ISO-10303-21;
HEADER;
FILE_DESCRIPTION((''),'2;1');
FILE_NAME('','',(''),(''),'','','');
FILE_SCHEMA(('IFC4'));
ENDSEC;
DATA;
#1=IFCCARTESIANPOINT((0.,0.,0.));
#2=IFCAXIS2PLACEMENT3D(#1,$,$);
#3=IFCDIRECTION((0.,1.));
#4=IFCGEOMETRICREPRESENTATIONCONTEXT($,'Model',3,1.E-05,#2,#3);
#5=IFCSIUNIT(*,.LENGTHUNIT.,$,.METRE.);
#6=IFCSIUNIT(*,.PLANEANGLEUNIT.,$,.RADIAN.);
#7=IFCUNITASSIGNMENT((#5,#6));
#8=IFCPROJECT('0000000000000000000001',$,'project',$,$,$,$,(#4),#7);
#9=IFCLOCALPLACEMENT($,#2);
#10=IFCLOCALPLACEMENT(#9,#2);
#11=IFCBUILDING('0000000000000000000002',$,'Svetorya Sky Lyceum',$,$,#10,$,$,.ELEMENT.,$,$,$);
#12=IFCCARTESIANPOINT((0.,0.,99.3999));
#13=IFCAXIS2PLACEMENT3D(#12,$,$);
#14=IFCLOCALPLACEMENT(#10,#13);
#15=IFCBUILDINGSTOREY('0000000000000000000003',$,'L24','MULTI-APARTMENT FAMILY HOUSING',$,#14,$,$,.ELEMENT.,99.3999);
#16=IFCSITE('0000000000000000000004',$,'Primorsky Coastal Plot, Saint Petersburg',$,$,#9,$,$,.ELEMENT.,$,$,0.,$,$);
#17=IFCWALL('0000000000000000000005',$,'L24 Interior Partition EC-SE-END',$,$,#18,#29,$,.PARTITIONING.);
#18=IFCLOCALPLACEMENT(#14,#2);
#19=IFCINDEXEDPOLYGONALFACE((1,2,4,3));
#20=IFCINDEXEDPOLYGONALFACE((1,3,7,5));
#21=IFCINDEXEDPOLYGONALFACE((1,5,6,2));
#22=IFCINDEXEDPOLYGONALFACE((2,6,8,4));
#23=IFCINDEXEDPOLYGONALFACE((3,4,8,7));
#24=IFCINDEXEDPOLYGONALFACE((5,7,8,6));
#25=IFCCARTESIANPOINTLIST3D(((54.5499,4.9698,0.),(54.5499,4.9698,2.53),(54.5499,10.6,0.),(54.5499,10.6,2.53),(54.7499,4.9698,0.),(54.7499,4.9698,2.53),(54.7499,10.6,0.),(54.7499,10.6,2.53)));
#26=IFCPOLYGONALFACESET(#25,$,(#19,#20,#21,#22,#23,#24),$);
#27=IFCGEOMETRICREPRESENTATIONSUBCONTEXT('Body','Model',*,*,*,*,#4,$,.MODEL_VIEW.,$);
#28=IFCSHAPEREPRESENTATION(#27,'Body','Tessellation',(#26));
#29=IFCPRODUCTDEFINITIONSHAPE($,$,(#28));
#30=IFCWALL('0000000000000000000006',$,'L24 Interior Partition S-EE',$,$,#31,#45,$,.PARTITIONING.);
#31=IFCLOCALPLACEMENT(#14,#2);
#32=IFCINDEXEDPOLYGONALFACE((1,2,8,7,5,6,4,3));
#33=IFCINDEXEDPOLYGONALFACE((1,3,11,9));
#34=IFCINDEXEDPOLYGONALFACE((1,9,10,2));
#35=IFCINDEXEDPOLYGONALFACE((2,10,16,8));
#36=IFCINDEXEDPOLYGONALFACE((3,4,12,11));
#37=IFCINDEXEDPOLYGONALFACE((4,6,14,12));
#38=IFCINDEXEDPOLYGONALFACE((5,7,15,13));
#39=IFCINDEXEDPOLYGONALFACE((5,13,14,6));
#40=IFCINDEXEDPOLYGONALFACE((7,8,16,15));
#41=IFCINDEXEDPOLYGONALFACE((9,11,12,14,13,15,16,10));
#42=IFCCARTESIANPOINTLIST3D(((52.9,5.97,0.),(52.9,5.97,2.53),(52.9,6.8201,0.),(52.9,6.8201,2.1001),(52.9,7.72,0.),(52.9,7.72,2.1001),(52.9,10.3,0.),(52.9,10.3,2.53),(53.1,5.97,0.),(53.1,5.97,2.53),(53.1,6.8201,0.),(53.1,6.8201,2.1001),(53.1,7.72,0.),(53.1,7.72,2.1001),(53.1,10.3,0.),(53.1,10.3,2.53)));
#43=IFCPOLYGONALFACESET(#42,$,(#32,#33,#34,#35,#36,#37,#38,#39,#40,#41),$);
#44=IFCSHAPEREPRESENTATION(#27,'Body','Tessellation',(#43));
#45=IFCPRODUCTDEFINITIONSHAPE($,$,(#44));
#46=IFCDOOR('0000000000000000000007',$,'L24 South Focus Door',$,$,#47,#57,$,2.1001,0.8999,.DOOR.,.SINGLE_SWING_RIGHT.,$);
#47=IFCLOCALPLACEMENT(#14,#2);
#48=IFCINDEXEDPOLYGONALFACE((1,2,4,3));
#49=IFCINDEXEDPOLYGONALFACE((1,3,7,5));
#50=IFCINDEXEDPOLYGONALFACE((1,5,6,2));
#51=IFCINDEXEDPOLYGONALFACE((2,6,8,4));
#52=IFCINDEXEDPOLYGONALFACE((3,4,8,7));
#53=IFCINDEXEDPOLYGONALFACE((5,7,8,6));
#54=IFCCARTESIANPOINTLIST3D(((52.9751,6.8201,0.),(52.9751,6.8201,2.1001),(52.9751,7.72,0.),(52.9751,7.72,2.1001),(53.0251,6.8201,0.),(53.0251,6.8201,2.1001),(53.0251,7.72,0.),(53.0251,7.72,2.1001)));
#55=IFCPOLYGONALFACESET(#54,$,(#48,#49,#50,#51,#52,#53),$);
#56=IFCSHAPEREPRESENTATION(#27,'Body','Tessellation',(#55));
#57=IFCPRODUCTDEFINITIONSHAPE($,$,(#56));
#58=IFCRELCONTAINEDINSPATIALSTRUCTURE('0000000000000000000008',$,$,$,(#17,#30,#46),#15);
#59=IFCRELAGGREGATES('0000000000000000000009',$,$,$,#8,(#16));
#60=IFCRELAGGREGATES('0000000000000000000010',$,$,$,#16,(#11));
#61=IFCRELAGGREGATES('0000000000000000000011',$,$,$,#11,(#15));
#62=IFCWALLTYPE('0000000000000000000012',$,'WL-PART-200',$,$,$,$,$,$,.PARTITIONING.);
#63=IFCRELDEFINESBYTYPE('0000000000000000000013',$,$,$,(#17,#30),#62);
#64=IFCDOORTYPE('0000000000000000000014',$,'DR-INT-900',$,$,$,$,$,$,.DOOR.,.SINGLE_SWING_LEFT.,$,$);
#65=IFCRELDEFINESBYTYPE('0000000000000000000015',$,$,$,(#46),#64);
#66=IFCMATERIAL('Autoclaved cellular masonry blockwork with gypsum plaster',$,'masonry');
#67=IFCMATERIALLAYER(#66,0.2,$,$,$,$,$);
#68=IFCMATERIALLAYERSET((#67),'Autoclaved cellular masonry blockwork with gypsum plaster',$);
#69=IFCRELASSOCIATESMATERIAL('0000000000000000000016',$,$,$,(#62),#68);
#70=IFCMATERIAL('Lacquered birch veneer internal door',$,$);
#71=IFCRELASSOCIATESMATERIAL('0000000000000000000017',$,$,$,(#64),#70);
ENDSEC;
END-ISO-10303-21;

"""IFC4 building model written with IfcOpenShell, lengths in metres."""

from ifc_helpers import new_model, si_unit, direction, frame, frame_2d, origin, place, context, subcontext, project, spatial, rectangle, extrude, material, layer, layer_set, type_object, element, fill, save


model = new_model("IFC4")

# Units and contexts
model_context = context("Model", 3, precision=1e-05, world=origin(), true_north=direction((0.0, 1.0)))
body_context = subcontext(model_context, "Body", "Model", "MODEL_VIEW")
ifc_project = project(units=[si_unit("LENGTHUNIT", "METRE"), si_unit("PLANEANGLEUNIT", "RADIAN")], contexts=[model_context])

# Site, building, storey
site_placement = place(None, origin())
site = spatial("IfcSite", under=ifc_project, at=site_placement, Name="Primorsky Coastal Plot, Saint Petersburg", CompositionType="ELEMENT", RefElevation=0.0)
building_placement = place(site_placement, origin())
building = spatial("IfcBuilding", under=site, at=building_placement, Name="Svetorya Sky Lyceum", CompositionType="ELEMENT")
storey_placement = place(building_placement, frame((0.0, 0.0, 99.3999)))
storey = spatial("IfcBuildingStorey", under=building, at=storey_placement, Name="L24", Description="MULTI-APARTMENT FAMILY HOUSING", CompositionType="ELEMENT", Elevation=99.3999)

# Shared definitions
ifc_material_1 = material(Name="Autoclaved cellular masonry blockwork with gypsum plaster", Category="masonry")
ifc_layer_1 = layer(ifc_material_1, 0.2)
ifc_layer_set_1 = layer_set([ifc_layer_1], Name="Autoclaved cellular masonry blockwork with gypsum plaster")
wall_type_1 = type_object("IfcWallType", Name="WL-PART-200", PredefinedType="PARTITIONING", material=ifc_layer_set_1)

# Wall
wall_1_placement = place(storey_placement, frame((54.6499, 4.97, 0.0), z_axis=(0.0, 0.0, 1.0), x_axis=(0.0, 1.0, 0.0)))
element("IfcWall", 1, at=wall_1_placement, inside=storey, type_object=wall_type_1, Name="L24 Interior Partition EC-SE-END", PredefinedType="PARTITIONING", context=body_context, shape_type="SweptSolid", body=[
    extrude(rectangle(XDim=5.6301, YDim=0.2, at=frame_2d((2.8149, 0.0))), origin(), (0.0, 0.0, 1.0), 2.53),
])

# Wall, opening, door
wall_2_placement = place(storey_placement, frame((53.0, 5.97, 0.0), z_axis=(0.0, 0.0, 1.0), x_axis=(0.0, 1.0, 0.0)))
wall_2 = element("IfcWall", 2, at=wall_2_placement, inside=storey, type_object=wall_type_1, Name="L24 Interior Partition S-EE", PredefinedType="PARTITIONING", context=body_context, shape_type="SweptSolid", body=[
    extrude(rectangle(XDim=4.3301, YDim=0.2, at=frame_2d((2.165, 0.0))), origin(), (0.0, 0.0, 1.0), 2.53),
])
opening_1_placement = place(wall_2_placement, frame((0.8501, 0.0, 0.0)))
opening_1 = element("IfcOpeningElement", 3, at=opening_1_placement, cuts=wall_2, PredefinedType="OPENING", context=body_context, shape_type="SweptSolid", body=[
    extrude(rectangle(XDim=0.8999, YDim=2.1001, at=frame_2d((0.45, 1.05))), frame((0.0, 0.1099, 0.0), z_axis=(0.0, -1.0, 0.0), x_axis=(1.0, 0.0, 0.0)), (0.0, 0.0, 1.0), 0.22),
])
ifc_material_2 = material(Name="Lacquered birch veneer internal door")
door_type_1 = type_object("IfcDoorType", Name="DR-INT-900", OperationType="SINGLE_SWING_LEFT", PredefinedType="DOOR", material=ifc_material_2)
door_1_placement = place(opening_1_placement, origin())
door_1 = element("IfcDoor", 4, at=door_1_placement, inside=storey, type_object=door_type_1, Name="L24 South Focus Door", OperationType="SINGLE_SWING_RIGHT", OverallHeight=2.1001, OverallWidth=0.8999, PredefinedType="DOOR", context=body_context, shape_type="SweptSolid", body=[
    extrude(rectangle(XDim=0.8999, YDim=2.1001, at=frame_2d((0.45, 1.05))), frame((0.0, 0.0249, 0.0), z_axis=(0.0, -1.0, 0.0), x_axis=(1.0, 0.0, 0.0)), (0.0, 0.0, 1.0), 0.05),
])
fill(opening_1, door_1)

save(model, "model.ifc")
